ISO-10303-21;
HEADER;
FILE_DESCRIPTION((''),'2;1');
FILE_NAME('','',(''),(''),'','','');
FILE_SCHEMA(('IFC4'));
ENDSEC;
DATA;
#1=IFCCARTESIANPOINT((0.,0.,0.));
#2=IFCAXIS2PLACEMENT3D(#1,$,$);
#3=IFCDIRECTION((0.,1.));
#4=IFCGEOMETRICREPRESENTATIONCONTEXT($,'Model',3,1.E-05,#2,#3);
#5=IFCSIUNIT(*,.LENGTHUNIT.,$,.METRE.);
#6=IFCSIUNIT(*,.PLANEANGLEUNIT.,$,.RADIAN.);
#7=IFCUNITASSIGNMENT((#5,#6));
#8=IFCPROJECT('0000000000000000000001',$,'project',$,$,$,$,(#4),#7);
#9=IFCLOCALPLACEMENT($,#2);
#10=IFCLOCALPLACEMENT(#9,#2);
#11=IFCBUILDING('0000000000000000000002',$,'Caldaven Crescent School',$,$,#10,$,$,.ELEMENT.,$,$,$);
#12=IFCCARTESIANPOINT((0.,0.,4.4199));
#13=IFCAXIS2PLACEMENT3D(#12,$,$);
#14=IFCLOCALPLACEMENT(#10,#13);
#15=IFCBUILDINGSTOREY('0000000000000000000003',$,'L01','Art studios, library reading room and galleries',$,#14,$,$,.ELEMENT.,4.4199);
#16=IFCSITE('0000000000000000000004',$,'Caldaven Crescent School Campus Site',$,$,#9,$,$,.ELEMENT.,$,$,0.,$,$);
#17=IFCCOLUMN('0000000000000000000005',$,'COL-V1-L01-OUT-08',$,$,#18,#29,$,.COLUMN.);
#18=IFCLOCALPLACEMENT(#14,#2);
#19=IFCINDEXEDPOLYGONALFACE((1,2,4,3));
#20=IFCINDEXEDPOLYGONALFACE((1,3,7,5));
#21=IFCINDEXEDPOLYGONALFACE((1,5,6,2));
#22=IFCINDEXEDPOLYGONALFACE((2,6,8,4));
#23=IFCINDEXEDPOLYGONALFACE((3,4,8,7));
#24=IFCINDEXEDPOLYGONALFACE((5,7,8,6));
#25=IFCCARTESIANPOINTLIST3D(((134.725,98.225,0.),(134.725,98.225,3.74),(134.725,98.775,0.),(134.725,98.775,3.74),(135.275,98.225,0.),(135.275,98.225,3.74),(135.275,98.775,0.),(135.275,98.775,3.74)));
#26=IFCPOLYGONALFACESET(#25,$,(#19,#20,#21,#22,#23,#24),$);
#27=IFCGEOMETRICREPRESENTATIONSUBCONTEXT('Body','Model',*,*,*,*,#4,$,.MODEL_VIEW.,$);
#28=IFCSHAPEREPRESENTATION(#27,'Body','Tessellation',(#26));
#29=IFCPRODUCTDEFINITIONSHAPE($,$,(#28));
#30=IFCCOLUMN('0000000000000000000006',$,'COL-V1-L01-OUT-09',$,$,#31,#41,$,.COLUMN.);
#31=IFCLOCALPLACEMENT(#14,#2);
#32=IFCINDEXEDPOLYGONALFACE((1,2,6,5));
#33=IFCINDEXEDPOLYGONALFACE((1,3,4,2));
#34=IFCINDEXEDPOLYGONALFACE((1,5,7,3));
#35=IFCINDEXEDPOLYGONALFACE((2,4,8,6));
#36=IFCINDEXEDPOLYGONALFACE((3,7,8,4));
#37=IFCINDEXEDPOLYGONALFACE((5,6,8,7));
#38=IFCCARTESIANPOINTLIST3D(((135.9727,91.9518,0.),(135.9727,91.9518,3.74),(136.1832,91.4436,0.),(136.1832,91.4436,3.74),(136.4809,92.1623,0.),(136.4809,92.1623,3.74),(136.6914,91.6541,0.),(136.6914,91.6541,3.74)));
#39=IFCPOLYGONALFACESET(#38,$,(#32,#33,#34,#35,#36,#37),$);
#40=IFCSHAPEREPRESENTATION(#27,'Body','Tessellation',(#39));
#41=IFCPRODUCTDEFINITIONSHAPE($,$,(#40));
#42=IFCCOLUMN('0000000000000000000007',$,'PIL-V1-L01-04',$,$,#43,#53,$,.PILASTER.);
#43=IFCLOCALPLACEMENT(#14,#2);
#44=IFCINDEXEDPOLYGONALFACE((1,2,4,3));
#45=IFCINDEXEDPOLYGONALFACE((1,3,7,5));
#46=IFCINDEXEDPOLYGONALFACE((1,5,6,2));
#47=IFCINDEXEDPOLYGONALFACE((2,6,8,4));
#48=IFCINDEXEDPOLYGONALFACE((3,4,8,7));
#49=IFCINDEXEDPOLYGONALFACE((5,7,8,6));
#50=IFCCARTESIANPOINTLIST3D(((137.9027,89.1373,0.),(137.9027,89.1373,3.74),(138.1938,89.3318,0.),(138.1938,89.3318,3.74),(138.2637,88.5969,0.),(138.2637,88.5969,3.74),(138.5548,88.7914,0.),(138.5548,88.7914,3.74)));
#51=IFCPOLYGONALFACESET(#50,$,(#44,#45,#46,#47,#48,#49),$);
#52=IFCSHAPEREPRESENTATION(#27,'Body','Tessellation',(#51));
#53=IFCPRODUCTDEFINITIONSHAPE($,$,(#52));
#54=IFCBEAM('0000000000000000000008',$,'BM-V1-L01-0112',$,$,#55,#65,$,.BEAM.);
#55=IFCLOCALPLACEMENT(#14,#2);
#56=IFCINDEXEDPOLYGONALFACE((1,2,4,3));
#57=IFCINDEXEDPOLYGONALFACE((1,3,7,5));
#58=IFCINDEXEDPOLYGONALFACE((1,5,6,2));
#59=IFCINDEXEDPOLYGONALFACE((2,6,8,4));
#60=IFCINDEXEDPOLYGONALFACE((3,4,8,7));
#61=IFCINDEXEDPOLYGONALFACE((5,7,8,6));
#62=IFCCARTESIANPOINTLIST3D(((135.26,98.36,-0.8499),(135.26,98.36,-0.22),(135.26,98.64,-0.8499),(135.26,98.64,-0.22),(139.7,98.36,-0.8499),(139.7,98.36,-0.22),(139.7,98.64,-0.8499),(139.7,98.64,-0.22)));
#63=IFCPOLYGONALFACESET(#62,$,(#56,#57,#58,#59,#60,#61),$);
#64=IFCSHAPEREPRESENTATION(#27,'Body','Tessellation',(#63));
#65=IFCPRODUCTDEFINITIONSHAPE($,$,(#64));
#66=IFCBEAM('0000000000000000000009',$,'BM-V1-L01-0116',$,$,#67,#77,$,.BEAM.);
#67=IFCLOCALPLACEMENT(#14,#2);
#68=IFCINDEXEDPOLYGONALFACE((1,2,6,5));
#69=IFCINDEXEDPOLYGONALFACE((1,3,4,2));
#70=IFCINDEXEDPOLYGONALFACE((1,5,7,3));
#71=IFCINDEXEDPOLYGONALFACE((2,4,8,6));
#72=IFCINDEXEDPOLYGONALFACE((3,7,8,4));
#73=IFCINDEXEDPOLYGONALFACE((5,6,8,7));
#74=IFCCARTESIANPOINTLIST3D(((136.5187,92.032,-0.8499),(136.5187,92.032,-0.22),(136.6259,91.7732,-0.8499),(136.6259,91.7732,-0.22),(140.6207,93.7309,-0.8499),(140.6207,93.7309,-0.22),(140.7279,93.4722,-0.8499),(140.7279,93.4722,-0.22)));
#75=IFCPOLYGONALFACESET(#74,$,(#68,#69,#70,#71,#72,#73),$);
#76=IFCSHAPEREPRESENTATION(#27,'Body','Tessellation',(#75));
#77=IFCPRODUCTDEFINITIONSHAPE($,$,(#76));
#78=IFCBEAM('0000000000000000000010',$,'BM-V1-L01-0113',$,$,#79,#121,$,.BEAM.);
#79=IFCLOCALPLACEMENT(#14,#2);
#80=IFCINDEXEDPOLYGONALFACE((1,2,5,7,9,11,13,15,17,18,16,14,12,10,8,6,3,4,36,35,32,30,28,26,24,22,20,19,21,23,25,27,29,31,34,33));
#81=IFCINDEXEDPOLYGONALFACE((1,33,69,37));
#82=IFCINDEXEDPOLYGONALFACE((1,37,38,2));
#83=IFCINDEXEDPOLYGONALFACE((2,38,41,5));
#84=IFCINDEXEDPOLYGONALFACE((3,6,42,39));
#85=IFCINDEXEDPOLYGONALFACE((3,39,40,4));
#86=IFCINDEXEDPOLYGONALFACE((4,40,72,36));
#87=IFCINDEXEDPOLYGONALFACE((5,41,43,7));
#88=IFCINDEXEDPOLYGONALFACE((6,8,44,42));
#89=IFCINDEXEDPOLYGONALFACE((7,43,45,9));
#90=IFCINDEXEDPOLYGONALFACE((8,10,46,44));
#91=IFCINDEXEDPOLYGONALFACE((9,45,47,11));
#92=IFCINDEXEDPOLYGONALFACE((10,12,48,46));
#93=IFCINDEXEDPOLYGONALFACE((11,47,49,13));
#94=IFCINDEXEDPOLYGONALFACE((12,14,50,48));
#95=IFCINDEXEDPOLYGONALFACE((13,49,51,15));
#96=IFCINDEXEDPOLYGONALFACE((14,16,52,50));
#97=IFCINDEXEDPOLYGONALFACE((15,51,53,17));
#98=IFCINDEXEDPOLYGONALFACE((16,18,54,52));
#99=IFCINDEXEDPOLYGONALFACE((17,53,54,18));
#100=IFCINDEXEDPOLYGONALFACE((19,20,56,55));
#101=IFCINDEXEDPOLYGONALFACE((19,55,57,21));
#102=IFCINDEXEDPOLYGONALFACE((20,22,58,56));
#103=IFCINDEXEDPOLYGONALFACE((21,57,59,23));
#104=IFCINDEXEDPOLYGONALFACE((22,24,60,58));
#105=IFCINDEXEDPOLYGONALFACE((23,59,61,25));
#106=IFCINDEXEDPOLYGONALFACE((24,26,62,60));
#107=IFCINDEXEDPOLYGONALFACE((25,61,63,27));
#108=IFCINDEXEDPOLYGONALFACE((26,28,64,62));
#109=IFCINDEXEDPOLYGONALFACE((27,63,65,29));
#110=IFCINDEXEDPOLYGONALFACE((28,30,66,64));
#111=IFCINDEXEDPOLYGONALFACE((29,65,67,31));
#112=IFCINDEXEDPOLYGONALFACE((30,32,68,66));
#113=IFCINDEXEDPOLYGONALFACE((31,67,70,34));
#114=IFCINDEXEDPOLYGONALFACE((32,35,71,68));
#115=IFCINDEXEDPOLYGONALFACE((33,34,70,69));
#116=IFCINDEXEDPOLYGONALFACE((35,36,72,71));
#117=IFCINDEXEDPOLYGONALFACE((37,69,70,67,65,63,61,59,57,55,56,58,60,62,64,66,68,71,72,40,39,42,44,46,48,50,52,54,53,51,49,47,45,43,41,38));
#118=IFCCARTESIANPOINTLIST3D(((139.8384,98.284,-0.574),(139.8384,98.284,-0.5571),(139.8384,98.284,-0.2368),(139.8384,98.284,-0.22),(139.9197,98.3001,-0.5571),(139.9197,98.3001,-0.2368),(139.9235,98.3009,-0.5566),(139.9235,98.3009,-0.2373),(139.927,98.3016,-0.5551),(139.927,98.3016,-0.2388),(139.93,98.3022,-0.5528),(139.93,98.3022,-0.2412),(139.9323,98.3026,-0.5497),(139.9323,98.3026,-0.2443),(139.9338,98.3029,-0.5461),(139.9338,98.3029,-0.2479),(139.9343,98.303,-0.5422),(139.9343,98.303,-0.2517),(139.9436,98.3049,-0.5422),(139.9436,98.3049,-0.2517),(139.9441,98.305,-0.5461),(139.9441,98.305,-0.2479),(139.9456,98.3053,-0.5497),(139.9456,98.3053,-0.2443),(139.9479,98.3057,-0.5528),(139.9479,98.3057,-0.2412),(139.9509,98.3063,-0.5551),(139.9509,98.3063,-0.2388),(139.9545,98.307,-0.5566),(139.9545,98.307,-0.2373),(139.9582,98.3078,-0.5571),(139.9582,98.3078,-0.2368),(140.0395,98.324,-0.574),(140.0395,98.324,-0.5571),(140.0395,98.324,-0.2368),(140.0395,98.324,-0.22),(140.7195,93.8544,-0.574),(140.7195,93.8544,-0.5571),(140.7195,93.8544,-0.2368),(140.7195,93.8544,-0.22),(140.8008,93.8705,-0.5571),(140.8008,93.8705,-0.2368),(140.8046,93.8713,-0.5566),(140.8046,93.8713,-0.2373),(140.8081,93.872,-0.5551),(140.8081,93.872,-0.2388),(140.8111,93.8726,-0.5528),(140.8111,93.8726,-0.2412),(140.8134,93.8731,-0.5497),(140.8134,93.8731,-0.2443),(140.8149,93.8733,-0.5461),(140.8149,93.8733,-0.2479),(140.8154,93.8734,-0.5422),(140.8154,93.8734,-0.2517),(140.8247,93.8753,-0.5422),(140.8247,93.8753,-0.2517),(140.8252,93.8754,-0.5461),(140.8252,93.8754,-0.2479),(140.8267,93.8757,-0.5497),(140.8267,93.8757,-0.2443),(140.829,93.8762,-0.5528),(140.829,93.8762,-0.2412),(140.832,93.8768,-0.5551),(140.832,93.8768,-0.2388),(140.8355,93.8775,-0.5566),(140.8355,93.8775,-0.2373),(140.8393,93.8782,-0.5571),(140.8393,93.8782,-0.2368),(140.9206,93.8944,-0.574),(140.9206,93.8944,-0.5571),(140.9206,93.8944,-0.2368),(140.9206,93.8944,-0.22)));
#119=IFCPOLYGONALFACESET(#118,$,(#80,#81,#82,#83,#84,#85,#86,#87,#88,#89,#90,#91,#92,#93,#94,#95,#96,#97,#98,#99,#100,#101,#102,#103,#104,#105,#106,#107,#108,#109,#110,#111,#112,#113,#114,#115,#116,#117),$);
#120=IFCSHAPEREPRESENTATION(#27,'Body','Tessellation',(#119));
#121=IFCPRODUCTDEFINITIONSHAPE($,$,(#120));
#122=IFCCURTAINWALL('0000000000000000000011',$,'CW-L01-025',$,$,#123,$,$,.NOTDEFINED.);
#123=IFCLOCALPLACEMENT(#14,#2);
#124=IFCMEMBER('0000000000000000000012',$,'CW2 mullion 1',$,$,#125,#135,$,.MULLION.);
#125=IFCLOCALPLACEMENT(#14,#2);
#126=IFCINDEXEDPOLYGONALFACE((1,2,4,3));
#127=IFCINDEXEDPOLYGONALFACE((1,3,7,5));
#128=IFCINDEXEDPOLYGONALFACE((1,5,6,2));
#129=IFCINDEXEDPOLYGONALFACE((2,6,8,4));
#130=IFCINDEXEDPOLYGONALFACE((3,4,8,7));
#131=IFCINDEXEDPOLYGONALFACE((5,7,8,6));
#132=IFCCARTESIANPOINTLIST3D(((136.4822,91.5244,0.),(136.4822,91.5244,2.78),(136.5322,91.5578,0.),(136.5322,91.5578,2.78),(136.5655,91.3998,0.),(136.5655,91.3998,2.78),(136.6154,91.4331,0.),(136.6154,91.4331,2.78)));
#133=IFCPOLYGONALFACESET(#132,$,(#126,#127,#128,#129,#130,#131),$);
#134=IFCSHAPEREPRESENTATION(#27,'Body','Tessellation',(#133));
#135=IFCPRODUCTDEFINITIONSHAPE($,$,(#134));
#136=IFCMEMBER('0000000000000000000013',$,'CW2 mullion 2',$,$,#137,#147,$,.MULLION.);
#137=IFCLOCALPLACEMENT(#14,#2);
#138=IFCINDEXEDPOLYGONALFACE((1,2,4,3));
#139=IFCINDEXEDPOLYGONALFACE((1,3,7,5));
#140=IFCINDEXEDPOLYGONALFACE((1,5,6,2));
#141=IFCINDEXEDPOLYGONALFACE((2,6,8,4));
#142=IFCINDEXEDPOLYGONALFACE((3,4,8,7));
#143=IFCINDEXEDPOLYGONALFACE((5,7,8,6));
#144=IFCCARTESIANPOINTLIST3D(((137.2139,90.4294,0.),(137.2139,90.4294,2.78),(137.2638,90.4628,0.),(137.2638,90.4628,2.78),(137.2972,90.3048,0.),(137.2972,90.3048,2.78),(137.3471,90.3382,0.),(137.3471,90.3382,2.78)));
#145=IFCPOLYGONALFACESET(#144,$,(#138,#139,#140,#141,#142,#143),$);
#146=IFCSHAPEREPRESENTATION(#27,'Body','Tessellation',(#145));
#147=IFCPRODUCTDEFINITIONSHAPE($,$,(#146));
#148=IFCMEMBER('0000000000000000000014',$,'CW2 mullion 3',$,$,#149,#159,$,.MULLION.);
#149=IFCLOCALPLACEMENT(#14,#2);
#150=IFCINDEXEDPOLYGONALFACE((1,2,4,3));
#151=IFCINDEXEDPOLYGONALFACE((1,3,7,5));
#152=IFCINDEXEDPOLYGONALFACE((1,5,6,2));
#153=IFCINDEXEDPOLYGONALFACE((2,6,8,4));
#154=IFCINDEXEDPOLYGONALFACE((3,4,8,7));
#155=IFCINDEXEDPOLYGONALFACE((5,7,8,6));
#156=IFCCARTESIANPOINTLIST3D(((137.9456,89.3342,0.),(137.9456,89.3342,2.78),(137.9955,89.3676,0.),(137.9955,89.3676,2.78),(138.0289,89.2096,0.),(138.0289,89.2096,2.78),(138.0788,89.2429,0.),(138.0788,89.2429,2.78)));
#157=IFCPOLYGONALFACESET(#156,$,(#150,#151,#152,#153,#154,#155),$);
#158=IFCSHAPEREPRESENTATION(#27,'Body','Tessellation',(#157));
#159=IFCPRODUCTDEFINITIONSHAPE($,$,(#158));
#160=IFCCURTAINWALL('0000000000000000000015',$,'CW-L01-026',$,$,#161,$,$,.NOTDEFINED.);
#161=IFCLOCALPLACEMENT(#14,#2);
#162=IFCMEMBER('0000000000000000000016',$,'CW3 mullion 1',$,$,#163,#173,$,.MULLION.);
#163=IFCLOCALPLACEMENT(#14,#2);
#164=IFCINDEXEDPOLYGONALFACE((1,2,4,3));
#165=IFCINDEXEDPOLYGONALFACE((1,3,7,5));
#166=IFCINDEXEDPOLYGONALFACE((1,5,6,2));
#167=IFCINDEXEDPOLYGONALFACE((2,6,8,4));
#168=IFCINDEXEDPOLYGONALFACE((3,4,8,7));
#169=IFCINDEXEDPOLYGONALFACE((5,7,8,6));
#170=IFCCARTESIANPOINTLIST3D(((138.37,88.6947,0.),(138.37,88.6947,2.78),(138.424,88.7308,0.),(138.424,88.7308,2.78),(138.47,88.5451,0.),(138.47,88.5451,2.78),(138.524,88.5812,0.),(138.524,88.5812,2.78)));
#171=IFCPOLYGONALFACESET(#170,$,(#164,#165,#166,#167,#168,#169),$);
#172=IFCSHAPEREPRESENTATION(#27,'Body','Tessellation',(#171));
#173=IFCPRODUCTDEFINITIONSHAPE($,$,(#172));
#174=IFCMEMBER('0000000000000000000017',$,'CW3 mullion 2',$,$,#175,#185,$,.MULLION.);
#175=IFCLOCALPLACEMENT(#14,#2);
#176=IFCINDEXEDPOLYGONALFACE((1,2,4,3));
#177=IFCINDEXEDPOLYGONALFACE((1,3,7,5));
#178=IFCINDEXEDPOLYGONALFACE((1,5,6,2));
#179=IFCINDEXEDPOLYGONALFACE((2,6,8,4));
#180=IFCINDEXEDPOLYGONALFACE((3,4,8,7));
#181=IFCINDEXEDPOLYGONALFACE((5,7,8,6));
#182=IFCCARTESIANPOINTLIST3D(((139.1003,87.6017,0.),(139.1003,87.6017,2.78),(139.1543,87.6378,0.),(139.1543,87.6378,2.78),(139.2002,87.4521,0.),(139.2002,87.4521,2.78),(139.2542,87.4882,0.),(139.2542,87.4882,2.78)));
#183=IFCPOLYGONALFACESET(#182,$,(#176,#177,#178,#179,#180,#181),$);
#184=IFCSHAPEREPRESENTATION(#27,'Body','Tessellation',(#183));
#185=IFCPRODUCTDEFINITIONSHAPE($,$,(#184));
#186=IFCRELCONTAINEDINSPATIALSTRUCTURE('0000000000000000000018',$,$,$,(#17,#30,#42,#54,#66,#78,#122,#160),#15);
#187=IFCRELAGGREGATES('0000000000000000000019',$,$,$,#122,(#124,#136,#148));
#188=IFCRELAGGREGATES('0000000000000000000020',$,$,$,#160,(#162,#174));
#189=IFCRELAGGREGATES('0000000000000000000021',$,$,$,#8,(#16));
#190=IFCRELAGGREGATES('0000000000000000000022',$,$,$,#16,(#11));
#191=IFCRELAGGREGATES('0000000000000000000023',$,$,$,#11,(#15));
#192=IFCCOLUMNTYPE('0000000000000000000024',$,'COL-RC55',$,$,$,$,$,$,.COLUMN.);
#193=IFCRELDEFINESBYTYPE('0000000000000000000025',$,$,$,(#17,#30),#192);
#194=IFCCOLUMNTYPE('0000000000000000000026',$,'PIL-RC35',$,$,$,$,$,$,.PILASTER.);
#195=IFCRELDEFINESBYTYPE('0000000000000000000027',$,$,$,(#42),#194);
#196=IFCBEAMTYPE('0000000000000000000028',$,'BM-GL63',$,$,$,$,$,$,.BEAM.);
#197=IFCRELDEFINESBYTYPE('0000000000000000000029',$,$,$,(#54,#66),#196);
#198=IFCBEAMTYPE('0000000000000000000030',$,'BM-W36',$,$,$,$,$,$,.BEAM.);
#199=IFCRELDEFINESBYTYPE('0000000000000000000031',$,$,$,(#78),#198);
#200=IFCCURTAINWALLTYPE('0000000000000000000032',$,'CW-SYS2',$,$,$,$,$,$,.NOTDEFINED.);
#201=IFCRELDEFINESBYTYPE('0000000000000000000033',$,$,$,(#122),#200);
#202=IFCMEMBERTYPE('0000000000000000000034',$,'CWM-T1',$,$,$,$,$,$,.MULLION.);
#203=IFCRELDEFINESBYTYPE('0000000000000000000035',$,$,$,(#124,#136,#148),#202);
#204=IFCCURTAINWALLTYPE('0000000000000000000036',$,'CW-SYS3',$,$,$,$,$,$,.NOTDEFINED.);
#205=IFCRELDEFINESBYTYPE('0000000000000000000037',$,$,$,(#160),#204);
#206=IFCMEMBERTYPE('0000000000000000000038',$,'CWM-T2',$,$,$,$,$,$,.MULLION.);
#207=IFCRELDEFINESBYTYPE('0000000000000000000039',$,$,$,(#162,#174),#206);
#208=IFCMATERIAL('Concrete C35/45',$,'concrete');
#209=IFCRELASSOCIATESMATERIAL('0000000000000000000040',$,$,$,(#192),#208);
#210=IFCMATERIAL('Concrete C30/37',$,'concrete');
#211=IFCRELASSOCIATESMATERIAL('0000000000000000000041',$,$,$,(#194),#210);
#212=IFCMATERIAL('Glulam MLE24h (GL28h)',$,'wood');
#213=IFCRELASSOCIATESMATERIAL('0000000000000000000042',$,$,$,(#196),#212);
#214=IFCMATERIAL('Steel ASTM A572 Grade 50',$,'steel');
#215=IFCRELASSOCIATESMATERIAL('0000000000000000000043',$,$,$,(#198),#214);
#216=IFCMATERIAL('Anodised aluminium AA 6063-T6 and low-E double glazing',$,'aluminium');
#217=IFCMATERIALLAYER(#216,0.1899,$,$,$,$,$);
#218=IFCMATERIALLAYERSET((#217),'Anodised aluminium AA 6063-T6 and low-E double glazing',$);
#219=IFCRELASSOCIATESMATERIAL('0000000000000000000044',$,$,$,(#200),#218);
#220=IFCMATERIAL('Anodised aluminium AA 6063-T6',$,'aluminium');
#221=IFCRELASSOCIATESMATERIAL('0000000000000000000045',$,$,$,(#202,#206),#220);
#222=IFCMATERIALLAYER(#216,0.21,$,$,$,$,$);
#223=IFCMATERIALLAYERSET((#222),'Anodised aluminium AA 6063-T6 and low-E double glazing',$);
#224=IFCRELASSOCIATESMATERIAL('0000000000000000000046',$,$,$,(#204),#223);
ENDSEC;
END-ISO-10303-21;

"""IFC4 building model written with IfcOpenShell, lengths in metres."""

from ifc_helpers import new_model, si_unit, direction, frame, origin, origin_2d, place, context, subcontext, project, spatial, rectangle, i_section, extrude, material, layer, layer_set, material_profile, profile_set, type_object, element, aggregate, save


model = new_model("IFC4")

# Units and contexts
model_context = context("Model", 3, precision=1e-05, world=origin(), true_north=direction((0.0, 1.0)))
body_context = subcontext(model_context, "Body", "Model", "MODEL_VIEW")
ifc_project = project(units=[si_unit("LENGTHUNIT", "METRE"), si_unit("PLANEANGLEUNIT", "RADIAN")], contexts=[model_context])

# Site, building, storey
site_placement = place(None, origin())
site = spatial("IfcSite", under=ifc_project, at=site_placement, Name="Caldaven Crescent School Campus Site", CompositionType="ELEMENT", RefElevation=0.0)
building_placement = place(site_placement, origin())
building = spatial("IfcBuilding", under=site, at=building_placement, Name="Caldaven Crescent School", CompositionType="ELEMENT")
storey_placement = place(building_placement, frame((0.0, 0.0, 4.4199)))
storey = spatial("IfcBuildingStorey", under=building, at=storey_placement, Name="L01", Description="Art studios, library reading room and galleries", CompositionType="ELEMENT", Elevation=4.4199)

# Columns
ifc_material_1 = material(Name="Concrete C35/45", Category="concrete")
ifc_material_profile_1 = material_profile(ifc_material_1, rectangle(XDim=0.55, YDim=0.55, at=origin_2d()), Name="RC 550x550")
ifc_profile_set_1 = profile_set([ifc_material_profile_1], Name="Concrete C35/45")
column_type_1 = type_object("IfcColumnType", Name="COL-RC55", PredefinedType="COLUMN", material=ifc_profile_set_1)
for number, where, z_axis, x_axis, name in (
    (1, (135.0, 98.5, 0.0), (0.0, 0.0, 1.0), (-1.0, 0.0, 0.0), "COL-V1-L01-OUT-08"),
    (2, (136.332, 91.803, 0.0), (0.0, 0.0, 1.0), (-0.92388, -0.382683, 0.0), "COL-V1-L01-OUT-09"),
):
    element("IfcColumn", number, at=place(storey_placement, frame(where, z_axis=z_axis, x_axis=x_axis)), inside=storey, type_object=column_type_1, Name=name, PredefinedType="COLUMN", context=body_context, shape_type="SweptSolid", body=[
        extrude(rectangle(XDim=0.55, YDim=0.55, at=origin_2d()), origin(), (0.0, 0.0, 1.0), 3.74),
    ])
ifc_material_2 = material(Name="Concrete C30/37", Category="concrete")
ifc_material_profile_2 = material_profile(ifc_material_2, rectangle(XDim=0.3501, YDim=0.6499, at=origin_2d()), Name="RC 350x650")
ifc_profile_set_2 = profile_set([ifc_material_profile_2], Name="Concrete C30/37")
column_type_2 = type_object("IfcColumnType", Name="PIL-RC35", PredefinedType="PILASTER", material=ifc_profile_set_2)
column_placement = place(storey_placement, frame((138.2288, 88.9644, 0.0), z_axis=(0.0, 0.0, 1.0), x_axis=(-0.83147, -0.55557, 0.0)))
element("IfcColumn", 3, at=column_placement, inside=storey, type_object=column_type_2, Name="PIL-V1-L01-04", PredefinedType="PILASTER", context=body_context, shape_type="SweptSolid", body=[
    extrude(rectangle(XDim=0.3501, YDim=0.6499, at=origin_2d()), origin(), (0.0, 0.0, 1.0), 3.74),
])

# Beams
ifc_material_3 = material(Name="Glulam MLE24h (GL28h)", Category="wood")
ifc_material_profile_3 = material_profile(ifc_material_3, rectangle(XDim=0.28, YDim=0.6299, at=origin_2d()), Name="MLE 280x630")
ifc_profile_set_3 = profile_set([ifc_material_profile_3], Name="Glulam MLE24h (GL28h)")
beam_type_1 = type_object("IfcBeamType", Name="BM-GL63", PredefinedType="BEAM", material=ifc_profile_set_3)
for number, where, z_axis, x_axis, name in (
    (4, (139.7, 98.5, -0.5349), (-1.0, 0.0, 0.0), (0.0, -1.0, 0.0), "BM-V1-L01-0112"),
    (5, (140.6743, 93.6016, -0.5349), (-0.923892, -0.382655, 0.0), (0.382655, -0.923892, 0.0), "BM-V1-L01-0116"),
):
    element("IfcBeam", number, at=place(storey_placement, frame(where, z_axis=z_axis, x_axis=x_axis)), inside=storey, type_object=beam_type_1, Name=name, PredefinedType="BEAM", context=body_context, shape_type="SweptSolid", body=[
        extrude(rectangle(XDim=0.28, YDim=0.6299, at=origin_2d()), origin(), (0.0, 0.0, 1.0), 4.4399),
    ])
ifc_material_4 = material(Name="Steel ASTM A572 Grade 50", Category="steel")
ifc_material_profile_4 = material_profile(ifc_material_4, i_section(OverallWidth=0.2051, OverallDepth=0.354, WebThickness=0.0095, FlangeThickness=0.0168, FilletRadius=0.0149, at=origin_2d()), Name="W360x79")
ifc_profile_set_4 = profile_set([ifc_material_profile_4], Name="Steel ASTM A572 Grade 50")
beam_type_2 = type_object("IfcBeamType", Name="BM-W36", PredefinedType="BEAM", material=ifc_profile_set_4)
beam_1_placement = place(storey_placement, frame((139.939, 98.304, -0.397), z_axis=(0.195087, -0.980786, 0.0), x_axis=(0.980786, 0.195087, 0.0)))
element("IfcBeam", 6, at=beam_1_placement, inside=storey, type_object=beam_type_2, Name="BM-V1-L01-0113", PredefinedType="BEAM", context=body_context, shape_type="SweptSolid", body=[
    extrude(i_section(OverallWidth=0.2051, OverallDepth=0.354, WebThickness=0.0095, FlangeThickness=0.0168, FilletRadius=0.0149, at=origin_2d()), origin(), (0.0, 0.0, 1.0), 4.5164),
])

# Curtain walls, members
ifc_material_5 = material(Name="Anodised aluminium AA 6063-T6 and low-E double glazing", Category="aluminium")
ifc_layer_1 = layer(ifc_material_5, 0.1899)
ifc_layer_set_1 = layer_set([ifc_layer_1], Name="Anodised aluminium AA 6063-T6 and low-E double glazing")
curtain_wall_type_1 = type_object("IfcCurtainWallType", Name="CW-SYS2", PredefinedType="NOTDEFINED", material=ifc_layer_set_1)
curtain_wall_1_placement = place(storey_placement, origin())
curtain_wall_1 = element("IfcCurtainWall", 7, at=curtain_wall_1_placement, inside=storey, type_object=curtain_wall_type_1, Name="CW-L01-025", PredefinedType="NOTDEFINED")
ifc_material_6 = material(Name="Anodised aluminium AA 6063-T6", Category="aluminium")
ifc_material_profile_5 = material_profile(ifc_material_6, rectangle(XDim=0.0601, YDim=0.1499, at=origin_2d()), Name="CWM 60x150")
ifc_profile_set_5 = profile_set([ifc_material_profile_5], Name="Anodised aluminium AA 6063-T6")
member_type_1 = type_object("IfcMemberType", Name="CWM-T1", PredefinedType="MULLION", material=ifc_profile_set_5)
member_1_placement = place(storey_placement, frame((136.5488, 91.4788, 0.0), z_axis=(0.0, 0.0, 1.0), x_axis=(0.83147, 0.555569, 0.0)))
member_1 = element("IfcMember", 8, at=member_1_placement, type_object=member_type_1, Name="CW2 mullion 1", PredefinedType="MULLION", context=body_context, shape_type="SweptSolid", body=[
    extrude(rectangle(XDim=0.0601, YDim=0.1499, at=origin_2d()), origin(), (0.0, 0.0, 1.0), 2.78),
])
member_2_placement = place(storey_placement, frame((137.2805, 90.3838, 0.0), z_axis=(0.0, 0.0, 1.0), x_axis=(0.83147, 0.555569, 0.0)))
member_2 = element("IfcMember", 9, at=member_2_placement, type_object=member_type_1, Name="CW2 mullion 2", PredefinedType="MULLION", context=body_context, shape_type="SweptSolid", body=[
    extrude(rectangle(XDim=0.0601, YDim=0.1499, at=origin_2d()), origin(), (0.0, 0.0, 1.0), 2.78),
])
member_3_placement = place(storey_placement, frame((138.0122, 89.2886, 0.0), z_axis=(0.0, 0.0, 1.0), x_axis=(0.83147, 0.555569, 0.0)))
member_3 = element("IfcMember", 10, at=member_3_placement, type_object=member_type_1, Name="CW2 mullion 3", PredefinedType="MULLION", context=body_context, shape_type="SweptSolid", body=[
    extrude(rectangle(XDim=0.0601, YDim=0.1499, at=origin_2d()), origin(), (0.0, 0.0, 1.0), 2.78),
])
ifc_layer_2 = layer(ifc_material_5, 0.21)
ifc_layer_set_2 = layer_set([ifc_layer_2], Name="Anodised aluminium AA 6063-T6 and low-E double glazing")
curtain_wall_type_2 = type_object("IfcCurtainWallType", Name="CW-SYS3", PredefinedType="NOTDEFINED", material=ifc_layer_set_2)
curtain_wall_2_placement = place(storey_placement, origin())
curtain_wall_2 = element("IfcCurtainWall", 11, at=curtain_wall_2_placement, inside=storey, type_object=curtain_wall_type_2, Name="CW-L01-026", PredefinedType="NOTDEFINED")
ifc_material_profile_6 = material_profile(ifc_material_6, rectangle(XDim=0.0649, YDim=0.1799, at=origin_2d()), Name="CWM 65x180")
ifc_profile_set_6 = profile_set([ifc_material_profile_6], Name="Anodised aluminium AA 6063-T6")
member_type_2 = type_object("IfcMemberType", Name="CWM-T2", PredefinedType="MULLION", material=ifc_profile_set_6)
member_4_placement = place(storey_placement, frame((138.447, 88.6379, 0.0), z_axis=(0.0, 0.0, 1.0), x_axis=(0.831469, 0.555572, 0.0)))
member_4 = element("IfcMember", 12, at=member_4_placement, type_object=member_type_2, Name="CW3 mullion 1", PredefinedType="MULLION", context=body_context, shape_type="SweptSolid", body=[
    extrude(rectangle(XDim=0.0649, YDim=0.1799, at=origin_2d()), origin(), (0.0, 0.0, 1.0), 2.78),
])
member_5_placement = place(storey_placement, frame((139.1772, 87.5449, 0.0), z_axis=(0.0, 0.0, 1.0), x_axis=(0.831469, 0.555572, 0.0)))
member_5 = element("IfcMember", 13, at=member_5_placement, type_object=member_type_2, Name="CW3 mullion 2", PredefinedType="MULLION", context=body_context, shape_type="SweptSolid", body=[
    extrude(rectangle(XDim=0.0649, YDim=0.1799, at=origin_2d()), origin(), (0.0, 0.0, 1.0), 2.78),
])

aggregate(curtain_wall_1, [member_1, member_2, member_3])
aggregate(curtain_wall_2, [member_4, member_5])

save(model, "model.ifc")
